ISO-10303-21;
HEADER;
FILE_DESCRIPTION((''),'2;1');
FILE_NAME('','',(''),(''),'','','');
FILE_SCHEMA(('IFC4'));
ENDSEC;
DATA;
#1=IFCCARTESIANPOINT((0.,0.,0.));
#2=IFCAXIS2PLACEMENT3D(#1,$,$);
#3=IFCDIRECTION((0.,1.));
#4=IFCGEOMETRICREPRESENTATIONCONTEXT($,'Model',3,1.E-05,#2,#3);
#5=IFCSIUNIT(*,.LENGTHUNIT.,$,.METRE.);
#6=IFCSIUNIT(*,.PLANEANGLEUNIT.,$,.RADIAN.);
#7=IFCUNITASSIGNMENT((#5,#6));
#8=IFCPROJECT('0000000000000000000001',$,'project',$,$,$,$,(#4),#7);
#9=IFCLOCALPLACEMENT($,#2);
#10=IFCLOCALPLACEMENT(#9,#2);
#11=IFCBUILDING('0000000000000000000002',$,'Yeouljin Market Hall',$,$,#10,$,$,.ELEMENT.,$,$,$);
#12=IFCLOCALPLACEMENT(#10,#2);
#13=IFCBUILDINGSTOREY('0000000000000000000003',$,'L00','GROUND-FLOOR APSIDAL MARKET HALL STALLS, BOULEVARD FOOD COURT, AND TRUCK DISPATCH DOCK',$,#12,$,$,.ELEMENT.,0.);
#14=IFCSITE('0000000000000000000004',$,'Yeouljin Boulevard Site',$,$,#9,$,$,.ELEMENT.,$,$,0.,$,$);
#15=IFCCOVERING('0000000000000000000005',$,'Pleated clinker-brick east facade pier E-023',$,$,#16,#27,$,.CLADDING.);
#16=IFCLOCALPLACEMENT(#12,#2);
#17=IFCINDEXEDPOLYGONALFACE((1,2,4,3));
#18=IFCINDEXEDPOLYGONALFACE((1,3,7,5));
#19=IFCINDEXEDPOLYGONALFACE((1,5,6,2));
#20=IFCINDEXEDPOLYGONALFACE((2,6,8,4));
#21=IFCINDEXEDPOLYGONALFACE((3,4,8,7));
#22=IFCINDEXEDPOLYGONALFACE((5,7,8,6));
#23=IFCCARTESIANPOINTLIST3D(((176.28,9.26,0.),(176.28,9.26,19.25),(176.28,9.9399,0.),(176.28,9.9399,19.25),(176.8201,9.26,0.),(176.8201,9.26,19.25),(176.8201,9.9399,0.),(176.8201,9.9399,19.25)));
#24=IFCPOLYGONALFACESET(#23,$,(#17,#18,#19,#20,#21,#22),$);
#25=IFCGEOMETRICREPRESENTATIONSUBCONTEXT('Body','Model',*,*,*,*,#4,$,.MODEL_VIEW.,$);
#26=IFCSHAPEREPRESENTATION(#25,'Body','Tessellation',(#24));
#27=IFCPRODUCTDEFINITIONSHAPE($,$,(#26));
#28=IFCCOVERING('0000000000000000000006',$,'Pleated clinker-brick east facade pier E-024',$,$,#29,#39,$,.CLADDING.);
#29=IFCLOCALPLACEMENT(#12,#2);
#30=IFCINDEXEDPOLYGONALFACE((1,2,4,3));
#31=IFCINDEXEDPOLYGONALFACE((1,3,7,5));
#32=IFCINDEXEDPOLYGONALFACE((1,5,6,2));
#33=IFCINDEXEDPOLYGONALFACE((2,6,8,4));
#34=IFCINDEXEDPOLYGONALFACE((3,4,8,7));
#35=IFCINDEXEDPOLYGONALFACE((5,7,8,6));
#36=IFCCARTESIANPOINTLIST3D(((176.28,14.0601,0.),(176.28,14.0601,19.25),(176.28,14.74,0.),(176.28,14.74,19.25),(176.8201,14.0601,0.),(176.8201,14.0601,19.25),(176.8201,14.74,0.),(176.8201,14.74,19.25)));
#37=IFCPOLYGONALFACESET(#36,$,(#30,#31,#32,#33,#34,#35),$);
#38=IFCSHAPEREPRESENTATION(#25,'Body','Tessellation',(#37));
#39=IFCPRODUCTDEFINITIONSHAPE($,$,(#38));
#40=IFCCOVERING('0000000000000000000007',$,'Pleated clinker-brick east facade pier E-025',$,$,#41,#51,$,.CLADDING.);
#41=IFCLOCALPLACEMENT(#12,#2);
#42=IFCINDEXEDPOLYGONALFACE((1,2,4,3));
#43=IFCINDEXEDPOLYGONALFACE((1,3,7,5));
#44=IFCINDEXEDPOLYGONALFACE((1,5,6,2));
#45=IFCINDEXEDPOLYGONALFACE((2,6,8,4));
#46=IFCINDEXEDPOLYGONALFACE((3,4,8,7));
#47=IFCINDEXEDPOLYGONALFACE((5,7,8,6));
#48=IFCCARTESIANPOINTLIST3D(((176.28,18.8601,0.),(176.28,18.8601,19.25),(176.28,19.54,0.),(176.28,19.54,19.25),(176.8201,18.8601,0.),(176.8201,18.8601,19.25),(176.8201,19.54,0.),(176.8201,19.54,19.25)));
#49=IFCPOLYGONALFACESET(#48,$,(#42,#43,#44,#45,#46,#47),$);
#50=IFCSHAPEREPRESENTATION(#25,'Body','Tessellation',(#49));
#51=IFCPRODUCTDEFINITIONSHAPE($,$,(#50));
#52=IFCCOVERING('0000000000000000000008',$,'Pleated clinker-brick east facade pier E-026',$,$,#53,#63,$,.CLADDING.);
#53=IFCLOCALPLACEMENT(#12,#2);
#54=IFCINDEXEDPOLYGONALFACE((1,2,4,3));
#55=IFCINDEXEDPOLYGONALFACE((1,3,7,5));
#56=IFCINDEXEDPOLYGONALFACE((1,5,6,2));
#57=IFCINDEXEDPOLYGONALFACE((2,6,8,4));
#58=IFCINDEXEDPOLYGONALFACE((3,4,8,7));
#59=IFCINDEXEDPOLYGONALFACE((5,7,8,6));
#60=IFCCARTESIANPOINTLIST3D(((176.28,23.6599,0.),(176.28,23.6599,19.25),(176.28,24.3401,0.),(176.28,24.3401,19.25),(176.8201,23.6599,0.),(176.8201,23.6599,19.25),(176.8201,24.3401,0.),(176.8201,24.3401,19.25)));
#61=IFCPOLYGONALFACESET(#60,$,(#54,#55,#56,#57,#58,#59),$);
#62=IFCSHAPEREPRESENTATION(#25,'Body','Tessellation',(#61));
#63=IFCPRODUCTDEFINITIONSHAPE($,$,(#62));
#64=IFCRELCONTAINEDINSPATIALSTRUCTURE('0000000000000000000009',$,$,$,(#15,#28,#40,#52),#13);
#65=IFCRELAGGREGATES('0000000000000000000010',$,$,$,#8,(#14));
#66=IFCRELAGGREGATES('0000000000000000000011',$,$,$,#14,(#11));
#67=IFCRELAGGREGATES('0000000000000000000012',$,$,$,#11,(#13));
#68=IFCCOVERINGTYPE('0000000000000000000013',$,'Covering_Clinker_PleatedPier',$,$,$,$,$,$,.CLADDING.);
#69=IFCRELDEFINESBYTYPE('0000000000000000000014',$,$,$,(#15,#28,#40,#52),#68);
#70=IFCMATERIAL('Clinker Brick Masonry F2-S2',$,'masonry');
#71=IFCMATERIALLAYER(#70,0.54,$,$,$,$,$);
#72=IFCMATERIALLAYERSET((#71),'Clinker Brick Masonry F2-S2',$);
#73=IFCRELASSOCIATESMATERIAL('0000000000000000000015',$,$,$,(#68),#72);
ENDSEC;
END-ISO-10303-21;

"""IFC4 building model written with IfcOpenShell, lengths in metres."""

from ifc_helpers import new_model, si_unit, direction, origin, place, context, subcontext, project, spatial, polyline, outline, extrude, material, layer, layer_set, type_object, element, save


model = new_model("IFC4")

# Units and contexts
model_context = context("Model", 3, precision=1e-05, world=origin(), true_north=direction((0.0, 1.0)))
body_context = subcontext(model_context, "Body", "Model", "MODEL_VIEW")
ifc_project = project(units=[si_unit("LENGTHUNIT", "METRE"), si_unit("PLANEANGLEUNIT", "RADIAN")], contexts=[model_context])

# Site, building, storey
site_placement = place(None, origin())
site = spatial("IfcSite", under=ifc_project, at=site_placement, Name="Yeouljin Boulevard Site", CompositionType="ELEMENT", RefElevation=0.0)
building_placement = place(site_placement, origin())
building = spatial("IfcBuilding", under=site, at=building_placement, Name="Yeouljin Market Hall", CompositionType="ELEMENT")
storey_placement = place(building_placement, origin())
storey = spatial("IfcBuildingStorey", under=building, at=storey_placement, Name="L00", Description="GROUND-FLOOR APSIDAL MARKET HALL STALLS, BOULEVARD FOOD COURT, AND TRUCK DISPATCH DOCK", CompositionType="ELEMENT", Elevation=0.0)

# Coverings
ifc_material = material(Name="Clinker Brick Masonry F2-S2", Category="masonry")
ifc_layer = layer(ifc_material, 0.54)
ifc_layer_set = layer_set([ifc_layer], Name="Clinker Brick Masonry F2-S2")
covering_type = type_object("IfcCoveringType", Name="Covering_Clinker_PleatedPier", PredefinedType="CLADDING", material=ifc_layer_set)
covering_1_placement = place(storey_placement, origin())
element("IfcCovering", 1, at=covering_1_placement, inside=storey, type_object=covering_type, Name="Pleated clinker-brick east facade pier E-023", PredefinedType="CLADDING", context=body_context, shape_type="SweptSolid", body=[
    extrude(outline(polyline([(176.28, 9.26), (176.8201, 9.26), (176.8201, 9.9399), (176.28, 9.9399), (176.28, 9.26)])), origin(), (0.0, 0.0, 1.0), 19.25),
])
covering_2_placement = place(storey_placement, origin())
element("IfcCovering", 2, at=covering_2_placement, inside=storey, type_object=covering_type, Name="Pleated clinker-brick east facade pier E-024", PredefinedType="CLADDING", context=body_context, shape_type="SweptSolid", body=[
    extrude(outline(polyline([(176.28, 14.0601), (176.8201, 14.0601), (176.8201, 14.74), (176.28, 14.74), (176.28, 14.0601)])), origin(), (0.0, 0.0, 1.0), 19.25),
])
covering_3_placement = place(storey_placement, origin())
element("IfcCovering", 3, at=covering_3_placement, inside=storey, type_object=covering_type, Name="Pleated clinker-brick east facade pier E-025", PredefinedType="CLADDING", context=body_context, shape_type="SweptSolid", body=[
    extrude(outline(polyline([(176.28, 18.8601), (176.8201, 18.8601), (176.8201, 19.54), (176.28, 19.54), (176.28, 18.8601)])), origin(), (0.0, 0.0, 1.0), 19.25),
])
covering_4_placement = place(storey_placement, origin())
element("IfcCovering", 4, at=covering_4_placement, inside=storey, type_object=covering_type, Name="Pleated clinker-brick east facade pier E-026", PredefinedType="CLADDING", context=body_context, shape_type="SweptSolid", body=[
    extrude(outline(polyline([(176.28, 23.6599), (176.8201, 23.6599), (176.8201, 24.3401), (176.28, 24.3401), (176.28, 23.6599)])), origin(), (0.0, 0.0, 1.0), 19.25),
])

save(model, "model.ifc")
